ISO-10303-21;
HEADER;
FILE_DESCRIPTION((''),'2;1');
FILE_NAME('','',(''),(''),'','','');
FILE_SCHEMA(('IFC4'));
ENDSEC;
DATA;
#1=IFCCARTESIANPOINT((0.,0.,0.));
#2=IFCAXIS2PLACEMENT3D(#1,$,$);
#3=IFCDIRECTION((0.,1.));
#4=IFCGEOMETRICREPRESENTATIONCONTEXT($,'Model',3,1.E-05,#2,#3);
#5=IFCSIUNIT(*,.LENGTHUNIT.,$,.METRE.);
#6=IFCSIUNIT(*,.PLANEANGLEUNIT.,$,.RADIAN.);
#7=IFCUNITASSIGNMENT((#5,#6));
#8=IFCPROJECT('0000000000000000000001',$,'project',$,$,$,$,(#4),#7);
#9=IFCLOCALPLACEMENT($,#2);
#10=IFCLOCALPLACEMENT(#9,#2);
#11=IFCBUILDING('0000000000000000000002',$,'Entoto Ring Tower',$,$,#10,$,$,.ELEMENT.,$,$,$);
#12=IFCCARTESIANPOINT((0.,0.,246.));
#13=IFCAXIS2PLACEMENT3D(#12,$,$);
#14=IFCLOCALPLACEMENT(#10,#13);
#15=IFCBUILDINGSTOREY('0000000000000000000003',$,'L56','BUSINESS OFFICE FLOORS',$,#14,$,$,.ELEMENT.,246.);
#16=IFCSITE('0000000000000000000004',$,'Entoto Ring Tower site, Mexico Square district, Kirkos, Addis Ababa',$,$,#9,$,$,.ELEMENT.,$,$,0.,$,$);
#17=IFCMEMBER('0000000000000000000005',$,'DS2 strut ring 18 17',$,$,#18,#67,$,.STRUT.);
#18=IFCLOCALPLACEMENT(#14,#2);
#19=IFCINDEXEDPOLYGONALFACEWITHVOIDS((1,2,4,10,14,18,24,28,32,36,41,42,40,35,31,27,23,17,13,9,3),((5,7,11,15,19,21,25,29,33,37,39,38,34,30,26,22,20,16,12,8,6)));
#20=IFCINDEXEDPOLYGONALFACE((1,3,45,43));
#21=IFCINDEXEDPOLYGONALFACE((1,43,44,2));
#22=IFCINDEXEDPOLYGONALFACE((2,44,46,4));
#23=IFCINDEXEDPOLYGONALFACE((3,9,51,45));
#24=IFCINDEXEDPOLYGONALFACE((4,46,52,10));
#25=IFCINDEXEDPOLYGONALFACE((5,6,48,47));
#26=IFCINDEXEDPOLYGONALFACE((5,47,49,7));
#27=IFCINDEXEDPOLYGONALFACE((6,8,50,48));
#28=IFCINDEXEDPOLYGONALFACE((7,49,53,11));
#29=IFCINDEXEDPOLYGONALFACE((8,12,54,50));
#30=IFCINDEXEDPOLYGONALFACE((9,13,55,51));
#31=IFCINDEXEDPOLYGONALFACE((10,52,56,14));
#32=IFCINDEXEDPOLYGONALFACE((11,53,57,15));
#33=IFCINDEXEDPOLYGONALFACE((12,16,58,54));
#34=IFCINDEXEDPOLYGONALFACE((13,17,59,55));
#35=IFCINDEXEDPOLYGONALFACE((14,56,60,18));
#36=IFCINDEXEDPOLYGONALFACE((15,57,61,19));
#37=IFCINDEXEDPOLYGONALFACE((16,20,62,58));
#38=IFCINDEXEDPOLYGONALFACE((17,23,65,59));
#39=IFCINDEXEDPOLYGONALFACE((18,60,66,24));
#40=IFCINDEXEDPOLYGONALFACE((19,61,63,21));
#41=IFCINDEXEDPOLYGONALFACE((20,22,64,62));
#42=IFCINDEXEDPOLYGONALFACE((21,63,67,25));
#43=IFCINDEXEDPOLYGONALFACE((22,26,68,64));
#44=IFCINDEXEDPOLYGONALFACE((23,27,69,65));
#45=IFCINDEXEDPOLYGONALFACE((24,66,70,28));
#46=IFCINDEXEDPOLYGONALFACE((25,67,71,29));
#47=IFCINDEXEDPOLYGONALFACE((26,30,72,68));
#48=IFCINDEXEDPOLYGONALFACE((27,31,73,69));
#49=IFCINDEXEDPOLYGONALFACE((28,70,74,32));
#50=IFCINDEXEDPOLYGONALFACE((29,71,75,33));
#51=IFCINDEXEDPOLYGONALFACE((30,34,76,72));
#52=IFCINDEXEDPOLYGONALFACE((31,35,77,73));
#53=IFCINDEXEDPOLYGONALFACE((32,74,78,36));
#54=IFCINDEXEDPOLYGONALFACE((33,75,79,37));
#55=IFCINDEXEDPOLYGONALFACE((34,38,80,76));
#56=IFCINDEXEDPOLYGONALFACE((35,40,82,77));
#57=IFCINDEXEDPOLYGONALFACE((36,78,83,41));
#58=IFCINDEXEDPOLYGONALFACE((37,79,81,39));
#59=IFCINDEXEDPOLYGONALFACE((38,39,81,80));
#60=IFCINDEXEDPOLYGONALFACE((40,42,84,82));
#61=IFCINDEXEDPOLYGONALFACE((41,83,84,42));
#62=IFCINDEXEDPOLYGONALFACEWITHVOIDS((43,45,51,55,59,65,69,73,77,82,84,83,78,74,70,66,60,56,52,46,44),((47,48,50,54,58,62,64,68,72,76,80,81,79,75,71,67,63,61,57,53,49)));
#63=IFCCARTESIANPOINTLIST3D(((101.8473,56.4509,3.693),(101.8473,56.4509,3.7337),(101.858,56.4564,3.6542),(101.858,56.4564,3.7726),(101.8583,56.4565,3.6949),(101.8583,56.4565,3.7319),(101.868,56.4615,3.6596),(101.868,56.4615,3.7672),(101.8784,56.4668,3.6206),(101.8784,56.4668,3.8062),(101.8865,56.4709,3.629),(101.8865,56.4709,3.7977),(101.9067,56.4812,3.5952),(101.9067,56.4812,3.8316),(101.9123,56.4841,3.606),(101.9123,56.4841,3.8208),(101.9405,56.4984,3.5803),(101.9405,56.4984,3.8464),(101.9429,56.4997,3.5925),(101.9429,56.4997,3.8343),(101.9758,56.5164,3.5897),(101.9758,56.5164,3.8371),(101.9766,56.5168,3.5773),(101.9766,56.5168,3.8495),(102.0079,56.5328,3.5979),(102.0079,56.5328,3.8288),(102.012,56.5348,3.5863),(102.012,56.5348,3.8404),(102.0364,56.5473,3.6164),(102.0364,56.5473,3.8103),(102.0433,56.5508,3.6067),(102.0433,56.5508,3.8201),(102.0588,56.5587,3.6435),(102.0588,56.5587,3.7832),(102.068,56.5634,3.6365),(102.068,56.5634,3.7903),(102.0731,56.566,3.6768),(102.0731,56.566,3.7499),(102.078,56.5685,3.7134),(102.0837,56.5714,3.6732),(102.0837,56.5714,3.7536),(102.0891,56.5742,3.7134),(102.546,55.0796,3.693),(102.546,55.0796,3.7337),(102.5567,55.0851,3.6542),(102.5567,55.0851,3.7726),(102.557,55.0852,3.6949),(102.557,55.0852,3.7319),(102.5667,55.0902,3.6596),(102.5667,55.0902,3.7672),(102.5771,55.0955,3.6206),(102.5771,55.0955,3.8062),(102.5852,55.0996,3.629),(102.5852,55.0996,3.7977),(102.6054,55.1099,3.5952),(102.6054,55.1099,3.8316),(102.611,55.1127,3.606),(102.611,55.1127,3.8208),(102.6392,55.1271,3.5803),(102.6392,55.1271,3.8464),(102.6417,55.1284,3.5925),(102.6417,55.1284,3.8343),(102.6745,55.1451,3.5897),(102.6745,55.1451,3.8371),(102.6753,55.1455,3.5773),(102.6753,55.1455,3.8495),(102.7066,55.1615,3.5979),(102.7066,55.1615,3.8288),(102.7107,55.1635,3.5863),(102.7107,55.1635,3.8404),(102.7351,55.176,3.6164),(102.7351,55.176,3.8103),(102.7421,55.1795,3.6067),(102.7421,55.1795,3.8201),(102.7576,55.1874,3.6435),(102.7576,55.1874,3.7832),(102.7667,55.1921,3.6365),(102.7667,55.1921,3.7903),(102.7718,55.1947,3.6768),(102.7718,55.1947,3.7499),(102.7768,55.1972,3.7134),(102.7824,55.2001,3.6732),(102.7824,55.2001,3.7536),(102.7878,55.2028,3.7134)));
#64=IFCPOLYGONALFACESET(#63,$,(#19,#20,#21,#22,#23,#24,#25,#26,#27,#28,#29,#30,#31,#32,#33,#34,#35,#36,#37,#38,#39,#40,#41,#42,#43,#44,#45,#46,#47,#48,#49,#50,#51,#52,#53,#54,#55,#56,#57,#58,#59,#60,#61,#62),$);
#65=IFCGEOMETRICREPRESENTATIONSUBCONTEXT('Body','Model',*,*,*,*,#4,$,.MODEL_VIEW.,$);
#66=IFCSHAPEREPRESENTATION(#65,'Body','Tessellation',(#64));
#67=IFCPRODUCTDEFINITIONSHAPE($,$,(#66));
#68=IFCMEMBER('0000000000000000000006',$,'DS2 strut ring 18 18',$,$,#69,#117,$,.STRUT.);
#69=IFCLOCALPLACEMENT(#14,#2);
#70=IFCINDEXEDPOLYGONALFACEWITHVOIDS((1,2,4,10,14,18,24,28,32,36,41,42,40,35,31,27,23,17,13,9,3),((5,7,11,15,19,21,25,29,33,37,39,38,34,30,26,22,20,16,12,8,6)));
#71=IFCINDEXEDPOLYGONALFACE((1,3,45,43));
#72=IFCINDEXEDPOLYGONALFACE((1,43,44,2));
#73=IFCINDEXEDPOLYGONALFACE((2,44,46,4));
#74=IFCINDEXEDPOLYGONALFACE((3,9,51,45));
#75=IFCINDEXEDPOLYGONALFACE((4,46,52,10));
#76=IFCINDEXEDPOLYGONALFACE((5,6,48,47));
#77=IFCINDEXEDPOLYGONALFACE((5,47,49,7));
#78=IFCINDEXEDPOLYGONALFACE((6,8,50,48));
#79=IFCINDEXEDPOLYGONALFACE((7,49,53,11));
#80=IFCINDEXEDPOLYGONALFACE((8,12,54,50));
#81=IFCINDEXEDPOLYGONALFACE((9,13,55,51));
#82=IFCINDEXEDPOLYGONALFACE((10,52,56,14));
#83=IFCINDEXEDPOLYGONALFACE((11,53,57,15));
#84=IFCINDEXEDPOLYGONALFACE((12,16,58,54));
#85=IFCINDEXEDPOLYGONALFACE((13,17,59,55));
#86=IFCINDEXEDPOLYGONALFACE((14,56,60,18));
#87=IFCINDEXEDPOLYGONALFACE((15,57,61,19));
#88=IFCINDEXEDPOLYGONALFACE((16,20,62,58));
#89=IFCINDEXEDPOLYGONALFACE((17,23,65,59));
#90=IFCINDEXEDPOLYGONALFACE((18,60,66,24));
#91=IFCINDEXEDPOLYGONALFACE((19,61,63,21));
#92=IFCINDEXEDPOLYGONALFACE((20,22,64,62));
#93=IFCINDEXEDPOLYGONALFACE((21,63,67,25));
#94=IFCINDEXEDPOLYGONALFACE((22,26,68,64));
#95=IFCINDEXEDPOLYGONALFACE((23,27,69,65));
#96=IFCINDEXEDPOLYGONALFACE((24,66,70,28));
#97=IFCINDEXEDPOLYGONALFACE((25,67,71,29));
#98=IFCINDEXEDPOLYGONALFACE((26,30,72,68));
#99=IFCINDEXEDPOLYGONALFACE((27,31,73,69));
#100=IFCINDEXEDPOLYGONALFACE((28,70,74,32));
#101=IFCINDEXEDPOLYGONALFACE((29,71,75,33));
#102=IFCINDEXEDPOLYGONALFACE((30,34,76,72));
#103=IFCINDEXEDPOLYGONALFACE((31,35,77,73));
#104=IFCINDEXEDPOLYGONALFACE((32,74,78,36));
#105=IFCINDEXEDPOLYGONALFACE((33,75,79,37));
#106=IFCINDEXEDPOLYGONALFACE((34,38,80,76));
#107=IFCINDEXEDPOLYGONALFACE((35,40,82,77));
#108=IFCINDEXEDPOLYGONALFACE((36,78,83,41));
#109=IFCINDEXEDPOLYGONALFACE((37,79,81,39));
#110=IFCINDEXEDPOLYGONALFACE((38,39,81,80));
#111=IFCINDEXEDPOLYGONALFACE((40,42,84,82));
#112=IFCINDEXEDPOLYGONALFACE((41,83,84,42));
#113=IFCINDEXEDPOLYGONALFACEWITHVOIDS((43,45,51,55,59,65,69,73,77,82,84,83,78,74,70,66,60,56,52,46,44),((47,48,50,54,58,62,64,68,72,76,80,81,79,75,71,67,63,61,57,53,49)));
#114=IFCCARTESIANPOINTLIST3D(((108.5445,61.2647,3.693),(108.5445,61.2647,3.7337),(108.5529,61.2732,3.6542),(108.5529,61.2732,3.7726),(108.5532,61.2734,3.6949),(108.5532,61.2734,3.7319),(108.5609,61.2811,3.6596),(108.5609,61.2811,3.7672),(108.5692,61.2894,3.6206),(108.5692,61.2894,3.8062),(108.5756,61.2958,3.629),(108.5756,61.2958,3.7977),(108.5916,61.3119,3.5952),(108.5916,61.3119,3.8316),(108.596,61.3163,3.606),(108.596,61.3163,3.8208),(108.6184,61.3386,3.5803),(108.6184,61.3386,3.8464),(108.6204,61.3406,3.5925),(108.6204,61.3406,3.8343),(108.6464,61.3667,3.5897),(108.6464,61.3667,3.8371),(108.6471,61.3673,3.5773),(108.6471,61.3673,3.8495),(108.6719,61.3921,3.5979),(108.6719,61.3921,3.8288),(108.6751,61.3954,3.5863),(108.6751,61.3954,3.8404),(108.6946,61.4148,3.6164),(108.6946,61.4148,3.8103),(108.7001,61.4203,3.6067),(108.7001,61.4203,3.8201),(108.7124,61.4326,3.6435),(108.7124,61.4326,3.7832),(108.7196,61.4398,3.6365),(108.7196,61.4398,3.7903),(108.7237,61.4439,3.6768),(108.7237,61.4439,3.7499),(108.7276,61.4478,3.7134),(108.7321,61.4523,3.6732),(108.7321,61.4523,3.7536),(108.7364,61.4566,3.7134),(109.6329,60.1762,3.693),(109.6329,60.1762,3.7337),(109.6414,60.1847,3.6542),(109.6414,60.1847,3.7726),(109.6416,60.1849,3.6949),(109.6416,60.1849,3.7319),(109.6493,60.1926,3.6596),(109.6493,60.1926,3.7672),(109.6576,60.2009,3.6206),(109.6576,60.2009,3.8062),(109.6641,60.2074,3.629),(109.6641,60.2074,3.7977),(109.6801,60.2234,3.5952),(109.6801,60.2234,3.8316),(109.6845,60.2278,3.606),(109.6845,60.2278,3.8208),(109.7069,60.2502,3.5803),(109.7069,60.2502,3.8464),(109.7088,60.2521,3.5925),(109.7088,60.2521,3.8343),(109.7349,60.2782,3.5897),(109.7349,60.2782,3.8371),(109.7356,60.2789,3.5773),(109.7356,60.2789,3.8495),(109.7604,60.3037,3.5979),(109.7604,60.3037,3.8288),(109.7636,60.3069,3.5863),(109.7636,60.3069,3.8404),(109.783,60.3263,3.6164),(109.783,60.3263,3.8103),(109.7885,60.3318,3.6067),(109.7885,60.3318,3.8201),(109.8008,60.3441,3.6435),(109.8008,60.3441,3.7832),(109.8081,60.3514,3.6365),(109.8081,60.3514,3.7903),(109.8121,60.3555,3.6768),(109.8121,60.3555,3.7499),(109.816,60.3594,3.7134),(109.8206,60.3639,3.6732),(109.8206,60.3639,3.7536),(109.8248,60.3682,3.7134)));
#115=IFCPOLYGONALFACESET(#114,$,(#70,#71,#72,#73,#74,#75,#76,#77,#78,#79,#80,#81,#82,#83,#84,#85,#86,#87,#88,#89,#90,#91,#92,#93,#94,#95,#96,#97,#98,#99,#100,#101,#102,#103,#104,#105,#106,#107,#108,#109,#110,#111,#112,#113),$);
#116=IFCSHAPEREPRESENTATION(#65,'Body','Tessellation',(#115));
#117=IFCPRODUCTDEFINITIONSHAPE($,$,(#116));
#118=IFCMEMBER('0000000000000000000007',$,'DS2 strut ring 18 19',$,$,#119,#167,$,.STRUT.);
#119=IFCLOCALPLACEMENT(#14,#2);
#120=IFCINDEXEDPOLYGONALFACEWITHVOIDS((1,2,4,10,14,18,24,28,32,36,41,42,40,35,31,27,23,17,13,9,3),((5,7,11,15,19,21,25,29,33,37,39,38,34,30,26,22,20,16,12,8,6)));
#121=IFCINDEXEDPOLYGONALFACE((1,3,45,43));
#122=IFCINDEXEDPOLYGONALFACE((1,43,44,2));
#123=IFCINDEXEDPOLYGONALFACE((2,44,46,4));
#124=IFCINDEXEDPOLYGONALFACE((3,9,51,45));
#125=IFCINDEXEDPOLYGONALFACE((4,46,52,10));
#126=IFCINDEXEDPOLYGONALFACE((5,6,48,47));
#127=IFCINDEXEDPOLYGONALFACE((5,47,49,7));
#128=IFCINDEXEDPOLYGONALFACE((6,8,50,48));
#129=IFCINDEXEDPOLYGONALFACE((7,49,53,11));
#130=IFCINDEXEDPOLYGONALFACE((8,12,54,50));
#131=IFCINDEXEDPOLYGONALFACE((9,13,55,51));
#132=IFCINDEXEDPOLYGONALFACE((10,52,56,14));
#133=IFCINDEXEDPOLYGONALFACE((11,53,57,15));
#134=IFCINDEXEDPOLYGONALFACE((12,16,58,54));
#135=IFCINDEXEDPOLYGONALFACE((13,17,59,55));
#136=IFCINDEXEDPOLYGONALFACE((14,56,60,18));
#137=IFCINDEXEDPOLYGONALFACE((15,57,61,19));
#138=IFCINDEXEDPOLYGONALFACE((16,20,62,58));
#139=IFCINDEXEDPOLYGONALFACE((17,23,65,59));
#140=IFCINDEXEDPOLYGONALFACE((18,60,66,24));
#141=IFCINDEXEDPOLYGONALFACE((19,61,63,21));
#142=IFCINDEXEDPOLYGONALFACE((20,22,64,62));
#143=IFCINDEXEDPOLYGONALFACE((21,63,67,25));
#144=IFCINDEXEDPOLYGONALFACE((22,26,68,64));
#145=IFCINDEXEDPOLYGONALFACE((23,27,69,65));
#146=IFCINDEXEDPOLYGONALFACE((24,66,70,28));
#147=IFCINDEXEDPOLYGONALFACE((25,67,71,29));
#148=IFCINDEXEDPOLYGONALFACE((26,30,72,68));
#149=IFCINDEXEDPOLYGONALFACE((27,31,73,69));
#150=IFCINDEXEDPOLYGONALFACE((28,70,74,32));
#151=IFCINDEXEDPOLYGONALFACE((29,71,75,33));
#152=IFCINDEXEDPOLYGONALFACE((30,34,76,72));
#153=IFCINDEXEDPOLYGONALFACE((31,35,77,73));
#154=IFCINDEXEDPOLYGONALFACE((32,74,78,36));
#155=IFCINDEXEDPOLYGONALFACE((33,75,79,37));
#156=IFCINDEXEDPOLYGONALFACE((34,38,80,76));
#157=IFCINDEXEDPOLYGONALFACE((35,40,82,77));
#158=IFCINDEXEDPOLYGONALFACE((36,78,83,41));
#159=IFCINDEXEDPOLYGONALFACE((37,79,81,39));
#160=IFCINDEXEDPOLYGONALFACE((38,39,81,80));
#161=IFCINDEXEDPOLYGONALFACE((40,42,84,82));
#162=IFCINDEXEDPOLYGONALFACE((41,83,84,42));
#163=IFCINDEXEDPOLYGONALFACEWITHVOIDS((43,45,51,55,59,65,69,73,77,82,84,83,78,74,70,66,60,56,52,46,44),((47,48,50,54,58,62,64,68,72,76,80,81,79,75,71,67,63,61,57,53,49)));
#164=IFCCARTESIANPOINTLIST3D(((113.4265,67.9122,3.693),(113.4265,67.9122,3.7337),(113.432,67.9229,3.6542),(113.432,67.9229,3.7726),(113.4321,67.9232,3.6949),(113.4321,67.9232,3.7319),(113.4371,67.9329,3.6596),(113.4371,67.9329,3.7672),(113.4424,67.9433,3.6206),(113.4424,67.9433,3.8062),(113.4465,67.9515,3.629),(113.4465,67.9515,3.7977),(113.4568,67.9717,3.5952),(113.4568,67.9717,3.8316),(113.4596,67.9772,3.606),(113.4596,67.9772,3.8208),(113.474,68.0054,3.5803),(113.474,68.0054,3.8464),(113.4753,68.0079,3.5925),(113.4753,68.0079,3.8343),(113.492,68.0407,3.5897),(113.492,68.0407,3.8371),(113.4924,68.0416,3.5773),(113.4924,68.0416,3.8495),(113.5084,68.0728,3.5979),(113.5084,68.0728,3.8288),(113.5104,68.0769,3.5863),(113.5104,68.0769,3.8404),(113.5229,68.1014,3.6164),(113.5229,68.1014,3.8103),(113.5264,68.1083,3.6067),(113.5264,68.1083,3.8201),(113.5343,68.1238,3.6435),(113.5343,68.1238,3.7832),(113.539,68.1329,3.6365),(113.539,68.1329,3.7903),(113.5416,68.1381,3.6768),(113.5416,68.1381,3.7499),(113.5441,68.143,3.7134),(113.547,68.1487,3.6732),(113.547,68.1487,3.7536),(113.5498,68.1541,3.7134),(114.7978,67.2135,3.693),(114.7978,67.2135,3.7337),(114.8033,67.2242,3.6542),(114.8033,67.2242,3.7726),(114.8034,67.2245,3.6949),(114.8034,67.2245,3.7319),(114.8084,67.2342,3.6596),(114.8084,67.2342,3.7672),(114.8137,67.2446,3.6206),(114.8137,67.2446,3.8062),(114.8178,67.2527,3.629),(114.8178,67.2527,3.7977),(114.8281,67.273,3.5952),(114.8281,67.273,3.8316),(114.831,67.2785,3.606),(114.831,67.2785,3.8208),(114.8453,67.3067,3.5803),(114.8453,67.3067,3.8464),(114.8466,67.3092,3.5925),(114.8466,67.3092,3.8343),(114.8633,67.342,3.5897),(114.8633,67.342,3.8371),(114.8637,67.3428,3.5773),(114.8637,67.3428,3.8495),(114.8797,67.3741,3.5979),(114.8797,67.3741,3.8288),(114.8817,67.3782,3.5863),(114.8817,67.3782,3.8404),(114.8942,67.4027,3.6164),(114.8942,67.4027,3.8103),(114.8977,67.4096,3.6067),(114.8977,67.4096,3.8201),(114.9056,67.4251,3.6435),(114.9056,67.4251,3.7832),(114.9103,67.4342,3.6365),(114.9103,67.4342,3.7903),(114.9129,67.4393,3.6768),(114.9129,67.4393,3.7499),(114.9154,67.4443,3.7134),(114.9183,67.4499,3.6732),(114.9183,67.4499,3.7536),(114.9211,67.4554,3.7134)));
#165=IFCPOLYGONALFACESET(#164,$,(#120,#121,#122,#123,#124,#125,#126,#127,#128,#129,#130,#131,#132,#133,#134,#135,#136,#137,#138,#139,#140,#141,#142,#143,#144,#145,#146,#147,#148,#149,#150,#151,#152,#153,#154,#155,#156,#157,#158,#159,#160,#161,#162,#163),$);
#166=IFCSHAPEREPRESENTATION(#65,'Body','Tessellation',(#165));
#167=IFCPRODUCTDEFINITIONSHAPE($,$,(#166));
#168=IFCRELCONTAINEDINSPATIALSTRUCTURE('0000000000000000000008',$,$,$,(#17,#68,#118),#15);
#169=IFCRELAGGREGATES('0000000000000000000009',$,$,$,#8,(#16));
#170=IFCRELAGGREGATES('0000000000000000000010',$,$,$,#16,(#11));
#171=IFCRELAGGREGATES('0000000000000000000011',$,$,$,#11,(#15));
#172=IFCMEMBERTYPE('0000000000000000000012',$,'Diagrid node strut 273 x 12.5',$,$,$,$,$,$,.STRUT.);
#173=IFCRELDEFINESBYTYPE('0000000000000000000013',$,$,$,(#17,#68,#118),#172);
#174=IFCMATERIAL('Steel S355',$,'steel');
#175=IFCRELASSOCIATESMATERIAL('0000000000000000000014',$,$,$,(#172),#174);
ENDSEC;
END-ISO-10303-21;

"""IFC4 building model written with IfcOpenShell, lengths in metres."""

from ifc_helpers import new_model, si_unit, direction, frame, origin, origin_2d, place, context, subcontext, project, spatial, circle, hollow_circle, extrude, material, material_profile, profile_set, type_object, element, save


model = new_model("IFC4")

# Units and contexts
model_context = context("Model", 3, precision=1e-05, world=origin(), true_north=direction((0.0, 1.0)))
body_context = subcontext(model_context, "Body", "Model", "MODEL_VIEW")
ifc_project = project(units=[si_unit("LENGTHUNIT", "METRE"), si_unit("PLANEANGLEUNIT", "RADIAN")], contexts=[model_context])

# Site, building, storey
site_placement = place(None, origin())
site = spatial("IfcSite", under=ifc_project, at=site_placement, Name="Entoto Ring Tower site, Mexico Square district, Kirkos, Addis Ababa", CompositionType="ELEMENT", RefElevation=0.0)
building_placement = place(site_placement, origin())
building = spatial("IfcBuilding", under=site, at=building_placement, Name="Entoto Ring Tower", CompositionType="ELEMENT")
storey_placement = place(building_placement, frame((0.0, 0.0, 246.0)))
storey = spatial("IfcBuildingStorey", under=building, at=storey_placement, Name="L56", Description="BUSINESS OFFICE FLOORS", CompositionType="ELEMENT", Elevation=246.0)

# Members
ifc_material_1 = material(Name="Steel S355", Category="steel")
ifc_material_profile_1 = material_profile(ifc_material_1, hollow_circle(Radius=0.1365, WallThickness=0.0125, at=origin_2d()), Name="CHS 273 x 12.5")
ifc_material_2 = material(Name="Concrete C60/75", Category="concrete")
ifc_material_profile_2 = material_profile(ifc_material_2, circle(Radius=0.124, at=origin_2d()), Name="Concrete C60/75 infill")
ifc_profile_set_1 = profile_set([ifc_material_profile_1, ifc_material_profile_2], Name="Steel S355")
member_type = type_object("IfcMemberType", Name="Diagrid node strut 273 x 12.5", PredefinedType="STRUT", material=ifc_profile_set_1)
member_1_placement = place(storey_placement, frame((101.9675, 56.5122, 3.7134), z_axis=(0.45399, -0.891007, 0.0), x_axis=(0.891007, 0.45399, 0.0)))
element("IfcMember", 1, at=member_1_placement, inside=storey, type_object=member_type, Name="DS2 strut ring 18 17", PredefinedType="STRUT", context=body_context, shape_type="SweptSolid", body=[
    extrude(hollow_circle(Radius=0.1365, WallThickness=0.0125, at=origin_2d()), origin(), (0.0, 0.0, 1.0), 1.5391),
])
member_2_placement = place(storey_placement, frame((108.6399, 61.3601, 3.7134), z_axis=(0.707107, -0.707107, 0.0), x_axis=(0.707107, 0.707107, 0.0)))
element("IfcMember", 2, at=member_2_placement, inside=storey, type_object=member_type, Name="DS2 strut ring 18 18", PredefinedType="STRUT", context=body_context, shape_type="SweptSolid", body=[
    extrude(hollow_circle(Radius=0.1365, WallThickness=0.0125, at=origin_2d()), origin(), (0.0, 0.0, 1.0), 1.5393),
])
for number, where, z_axis, x_axis, name in (
    (3, (113.4878, 68.0325, 3.7134), (0.891007, -0.45399, 0.0), (0.45399, 0.891007, 0.0), "DS2 strut ring 18 19"),
):
    element("IfcMember", number, at=place(storey_placement, frame(where, z_axis=z_axis, x_axis=x_axis)), inside=storey, type_object=member_type, Name=name, PredefinedType="STRUT", context=body_context, shape_type="SweptSolid", body=[
        extrude(hollow_circle(Radius=0.1365, WallThickness=0.0125, at=origin_2d()), origin(), (0.0, 0.0, 1.0), 1.5391),
    ])

save(model, "model.ifc")
